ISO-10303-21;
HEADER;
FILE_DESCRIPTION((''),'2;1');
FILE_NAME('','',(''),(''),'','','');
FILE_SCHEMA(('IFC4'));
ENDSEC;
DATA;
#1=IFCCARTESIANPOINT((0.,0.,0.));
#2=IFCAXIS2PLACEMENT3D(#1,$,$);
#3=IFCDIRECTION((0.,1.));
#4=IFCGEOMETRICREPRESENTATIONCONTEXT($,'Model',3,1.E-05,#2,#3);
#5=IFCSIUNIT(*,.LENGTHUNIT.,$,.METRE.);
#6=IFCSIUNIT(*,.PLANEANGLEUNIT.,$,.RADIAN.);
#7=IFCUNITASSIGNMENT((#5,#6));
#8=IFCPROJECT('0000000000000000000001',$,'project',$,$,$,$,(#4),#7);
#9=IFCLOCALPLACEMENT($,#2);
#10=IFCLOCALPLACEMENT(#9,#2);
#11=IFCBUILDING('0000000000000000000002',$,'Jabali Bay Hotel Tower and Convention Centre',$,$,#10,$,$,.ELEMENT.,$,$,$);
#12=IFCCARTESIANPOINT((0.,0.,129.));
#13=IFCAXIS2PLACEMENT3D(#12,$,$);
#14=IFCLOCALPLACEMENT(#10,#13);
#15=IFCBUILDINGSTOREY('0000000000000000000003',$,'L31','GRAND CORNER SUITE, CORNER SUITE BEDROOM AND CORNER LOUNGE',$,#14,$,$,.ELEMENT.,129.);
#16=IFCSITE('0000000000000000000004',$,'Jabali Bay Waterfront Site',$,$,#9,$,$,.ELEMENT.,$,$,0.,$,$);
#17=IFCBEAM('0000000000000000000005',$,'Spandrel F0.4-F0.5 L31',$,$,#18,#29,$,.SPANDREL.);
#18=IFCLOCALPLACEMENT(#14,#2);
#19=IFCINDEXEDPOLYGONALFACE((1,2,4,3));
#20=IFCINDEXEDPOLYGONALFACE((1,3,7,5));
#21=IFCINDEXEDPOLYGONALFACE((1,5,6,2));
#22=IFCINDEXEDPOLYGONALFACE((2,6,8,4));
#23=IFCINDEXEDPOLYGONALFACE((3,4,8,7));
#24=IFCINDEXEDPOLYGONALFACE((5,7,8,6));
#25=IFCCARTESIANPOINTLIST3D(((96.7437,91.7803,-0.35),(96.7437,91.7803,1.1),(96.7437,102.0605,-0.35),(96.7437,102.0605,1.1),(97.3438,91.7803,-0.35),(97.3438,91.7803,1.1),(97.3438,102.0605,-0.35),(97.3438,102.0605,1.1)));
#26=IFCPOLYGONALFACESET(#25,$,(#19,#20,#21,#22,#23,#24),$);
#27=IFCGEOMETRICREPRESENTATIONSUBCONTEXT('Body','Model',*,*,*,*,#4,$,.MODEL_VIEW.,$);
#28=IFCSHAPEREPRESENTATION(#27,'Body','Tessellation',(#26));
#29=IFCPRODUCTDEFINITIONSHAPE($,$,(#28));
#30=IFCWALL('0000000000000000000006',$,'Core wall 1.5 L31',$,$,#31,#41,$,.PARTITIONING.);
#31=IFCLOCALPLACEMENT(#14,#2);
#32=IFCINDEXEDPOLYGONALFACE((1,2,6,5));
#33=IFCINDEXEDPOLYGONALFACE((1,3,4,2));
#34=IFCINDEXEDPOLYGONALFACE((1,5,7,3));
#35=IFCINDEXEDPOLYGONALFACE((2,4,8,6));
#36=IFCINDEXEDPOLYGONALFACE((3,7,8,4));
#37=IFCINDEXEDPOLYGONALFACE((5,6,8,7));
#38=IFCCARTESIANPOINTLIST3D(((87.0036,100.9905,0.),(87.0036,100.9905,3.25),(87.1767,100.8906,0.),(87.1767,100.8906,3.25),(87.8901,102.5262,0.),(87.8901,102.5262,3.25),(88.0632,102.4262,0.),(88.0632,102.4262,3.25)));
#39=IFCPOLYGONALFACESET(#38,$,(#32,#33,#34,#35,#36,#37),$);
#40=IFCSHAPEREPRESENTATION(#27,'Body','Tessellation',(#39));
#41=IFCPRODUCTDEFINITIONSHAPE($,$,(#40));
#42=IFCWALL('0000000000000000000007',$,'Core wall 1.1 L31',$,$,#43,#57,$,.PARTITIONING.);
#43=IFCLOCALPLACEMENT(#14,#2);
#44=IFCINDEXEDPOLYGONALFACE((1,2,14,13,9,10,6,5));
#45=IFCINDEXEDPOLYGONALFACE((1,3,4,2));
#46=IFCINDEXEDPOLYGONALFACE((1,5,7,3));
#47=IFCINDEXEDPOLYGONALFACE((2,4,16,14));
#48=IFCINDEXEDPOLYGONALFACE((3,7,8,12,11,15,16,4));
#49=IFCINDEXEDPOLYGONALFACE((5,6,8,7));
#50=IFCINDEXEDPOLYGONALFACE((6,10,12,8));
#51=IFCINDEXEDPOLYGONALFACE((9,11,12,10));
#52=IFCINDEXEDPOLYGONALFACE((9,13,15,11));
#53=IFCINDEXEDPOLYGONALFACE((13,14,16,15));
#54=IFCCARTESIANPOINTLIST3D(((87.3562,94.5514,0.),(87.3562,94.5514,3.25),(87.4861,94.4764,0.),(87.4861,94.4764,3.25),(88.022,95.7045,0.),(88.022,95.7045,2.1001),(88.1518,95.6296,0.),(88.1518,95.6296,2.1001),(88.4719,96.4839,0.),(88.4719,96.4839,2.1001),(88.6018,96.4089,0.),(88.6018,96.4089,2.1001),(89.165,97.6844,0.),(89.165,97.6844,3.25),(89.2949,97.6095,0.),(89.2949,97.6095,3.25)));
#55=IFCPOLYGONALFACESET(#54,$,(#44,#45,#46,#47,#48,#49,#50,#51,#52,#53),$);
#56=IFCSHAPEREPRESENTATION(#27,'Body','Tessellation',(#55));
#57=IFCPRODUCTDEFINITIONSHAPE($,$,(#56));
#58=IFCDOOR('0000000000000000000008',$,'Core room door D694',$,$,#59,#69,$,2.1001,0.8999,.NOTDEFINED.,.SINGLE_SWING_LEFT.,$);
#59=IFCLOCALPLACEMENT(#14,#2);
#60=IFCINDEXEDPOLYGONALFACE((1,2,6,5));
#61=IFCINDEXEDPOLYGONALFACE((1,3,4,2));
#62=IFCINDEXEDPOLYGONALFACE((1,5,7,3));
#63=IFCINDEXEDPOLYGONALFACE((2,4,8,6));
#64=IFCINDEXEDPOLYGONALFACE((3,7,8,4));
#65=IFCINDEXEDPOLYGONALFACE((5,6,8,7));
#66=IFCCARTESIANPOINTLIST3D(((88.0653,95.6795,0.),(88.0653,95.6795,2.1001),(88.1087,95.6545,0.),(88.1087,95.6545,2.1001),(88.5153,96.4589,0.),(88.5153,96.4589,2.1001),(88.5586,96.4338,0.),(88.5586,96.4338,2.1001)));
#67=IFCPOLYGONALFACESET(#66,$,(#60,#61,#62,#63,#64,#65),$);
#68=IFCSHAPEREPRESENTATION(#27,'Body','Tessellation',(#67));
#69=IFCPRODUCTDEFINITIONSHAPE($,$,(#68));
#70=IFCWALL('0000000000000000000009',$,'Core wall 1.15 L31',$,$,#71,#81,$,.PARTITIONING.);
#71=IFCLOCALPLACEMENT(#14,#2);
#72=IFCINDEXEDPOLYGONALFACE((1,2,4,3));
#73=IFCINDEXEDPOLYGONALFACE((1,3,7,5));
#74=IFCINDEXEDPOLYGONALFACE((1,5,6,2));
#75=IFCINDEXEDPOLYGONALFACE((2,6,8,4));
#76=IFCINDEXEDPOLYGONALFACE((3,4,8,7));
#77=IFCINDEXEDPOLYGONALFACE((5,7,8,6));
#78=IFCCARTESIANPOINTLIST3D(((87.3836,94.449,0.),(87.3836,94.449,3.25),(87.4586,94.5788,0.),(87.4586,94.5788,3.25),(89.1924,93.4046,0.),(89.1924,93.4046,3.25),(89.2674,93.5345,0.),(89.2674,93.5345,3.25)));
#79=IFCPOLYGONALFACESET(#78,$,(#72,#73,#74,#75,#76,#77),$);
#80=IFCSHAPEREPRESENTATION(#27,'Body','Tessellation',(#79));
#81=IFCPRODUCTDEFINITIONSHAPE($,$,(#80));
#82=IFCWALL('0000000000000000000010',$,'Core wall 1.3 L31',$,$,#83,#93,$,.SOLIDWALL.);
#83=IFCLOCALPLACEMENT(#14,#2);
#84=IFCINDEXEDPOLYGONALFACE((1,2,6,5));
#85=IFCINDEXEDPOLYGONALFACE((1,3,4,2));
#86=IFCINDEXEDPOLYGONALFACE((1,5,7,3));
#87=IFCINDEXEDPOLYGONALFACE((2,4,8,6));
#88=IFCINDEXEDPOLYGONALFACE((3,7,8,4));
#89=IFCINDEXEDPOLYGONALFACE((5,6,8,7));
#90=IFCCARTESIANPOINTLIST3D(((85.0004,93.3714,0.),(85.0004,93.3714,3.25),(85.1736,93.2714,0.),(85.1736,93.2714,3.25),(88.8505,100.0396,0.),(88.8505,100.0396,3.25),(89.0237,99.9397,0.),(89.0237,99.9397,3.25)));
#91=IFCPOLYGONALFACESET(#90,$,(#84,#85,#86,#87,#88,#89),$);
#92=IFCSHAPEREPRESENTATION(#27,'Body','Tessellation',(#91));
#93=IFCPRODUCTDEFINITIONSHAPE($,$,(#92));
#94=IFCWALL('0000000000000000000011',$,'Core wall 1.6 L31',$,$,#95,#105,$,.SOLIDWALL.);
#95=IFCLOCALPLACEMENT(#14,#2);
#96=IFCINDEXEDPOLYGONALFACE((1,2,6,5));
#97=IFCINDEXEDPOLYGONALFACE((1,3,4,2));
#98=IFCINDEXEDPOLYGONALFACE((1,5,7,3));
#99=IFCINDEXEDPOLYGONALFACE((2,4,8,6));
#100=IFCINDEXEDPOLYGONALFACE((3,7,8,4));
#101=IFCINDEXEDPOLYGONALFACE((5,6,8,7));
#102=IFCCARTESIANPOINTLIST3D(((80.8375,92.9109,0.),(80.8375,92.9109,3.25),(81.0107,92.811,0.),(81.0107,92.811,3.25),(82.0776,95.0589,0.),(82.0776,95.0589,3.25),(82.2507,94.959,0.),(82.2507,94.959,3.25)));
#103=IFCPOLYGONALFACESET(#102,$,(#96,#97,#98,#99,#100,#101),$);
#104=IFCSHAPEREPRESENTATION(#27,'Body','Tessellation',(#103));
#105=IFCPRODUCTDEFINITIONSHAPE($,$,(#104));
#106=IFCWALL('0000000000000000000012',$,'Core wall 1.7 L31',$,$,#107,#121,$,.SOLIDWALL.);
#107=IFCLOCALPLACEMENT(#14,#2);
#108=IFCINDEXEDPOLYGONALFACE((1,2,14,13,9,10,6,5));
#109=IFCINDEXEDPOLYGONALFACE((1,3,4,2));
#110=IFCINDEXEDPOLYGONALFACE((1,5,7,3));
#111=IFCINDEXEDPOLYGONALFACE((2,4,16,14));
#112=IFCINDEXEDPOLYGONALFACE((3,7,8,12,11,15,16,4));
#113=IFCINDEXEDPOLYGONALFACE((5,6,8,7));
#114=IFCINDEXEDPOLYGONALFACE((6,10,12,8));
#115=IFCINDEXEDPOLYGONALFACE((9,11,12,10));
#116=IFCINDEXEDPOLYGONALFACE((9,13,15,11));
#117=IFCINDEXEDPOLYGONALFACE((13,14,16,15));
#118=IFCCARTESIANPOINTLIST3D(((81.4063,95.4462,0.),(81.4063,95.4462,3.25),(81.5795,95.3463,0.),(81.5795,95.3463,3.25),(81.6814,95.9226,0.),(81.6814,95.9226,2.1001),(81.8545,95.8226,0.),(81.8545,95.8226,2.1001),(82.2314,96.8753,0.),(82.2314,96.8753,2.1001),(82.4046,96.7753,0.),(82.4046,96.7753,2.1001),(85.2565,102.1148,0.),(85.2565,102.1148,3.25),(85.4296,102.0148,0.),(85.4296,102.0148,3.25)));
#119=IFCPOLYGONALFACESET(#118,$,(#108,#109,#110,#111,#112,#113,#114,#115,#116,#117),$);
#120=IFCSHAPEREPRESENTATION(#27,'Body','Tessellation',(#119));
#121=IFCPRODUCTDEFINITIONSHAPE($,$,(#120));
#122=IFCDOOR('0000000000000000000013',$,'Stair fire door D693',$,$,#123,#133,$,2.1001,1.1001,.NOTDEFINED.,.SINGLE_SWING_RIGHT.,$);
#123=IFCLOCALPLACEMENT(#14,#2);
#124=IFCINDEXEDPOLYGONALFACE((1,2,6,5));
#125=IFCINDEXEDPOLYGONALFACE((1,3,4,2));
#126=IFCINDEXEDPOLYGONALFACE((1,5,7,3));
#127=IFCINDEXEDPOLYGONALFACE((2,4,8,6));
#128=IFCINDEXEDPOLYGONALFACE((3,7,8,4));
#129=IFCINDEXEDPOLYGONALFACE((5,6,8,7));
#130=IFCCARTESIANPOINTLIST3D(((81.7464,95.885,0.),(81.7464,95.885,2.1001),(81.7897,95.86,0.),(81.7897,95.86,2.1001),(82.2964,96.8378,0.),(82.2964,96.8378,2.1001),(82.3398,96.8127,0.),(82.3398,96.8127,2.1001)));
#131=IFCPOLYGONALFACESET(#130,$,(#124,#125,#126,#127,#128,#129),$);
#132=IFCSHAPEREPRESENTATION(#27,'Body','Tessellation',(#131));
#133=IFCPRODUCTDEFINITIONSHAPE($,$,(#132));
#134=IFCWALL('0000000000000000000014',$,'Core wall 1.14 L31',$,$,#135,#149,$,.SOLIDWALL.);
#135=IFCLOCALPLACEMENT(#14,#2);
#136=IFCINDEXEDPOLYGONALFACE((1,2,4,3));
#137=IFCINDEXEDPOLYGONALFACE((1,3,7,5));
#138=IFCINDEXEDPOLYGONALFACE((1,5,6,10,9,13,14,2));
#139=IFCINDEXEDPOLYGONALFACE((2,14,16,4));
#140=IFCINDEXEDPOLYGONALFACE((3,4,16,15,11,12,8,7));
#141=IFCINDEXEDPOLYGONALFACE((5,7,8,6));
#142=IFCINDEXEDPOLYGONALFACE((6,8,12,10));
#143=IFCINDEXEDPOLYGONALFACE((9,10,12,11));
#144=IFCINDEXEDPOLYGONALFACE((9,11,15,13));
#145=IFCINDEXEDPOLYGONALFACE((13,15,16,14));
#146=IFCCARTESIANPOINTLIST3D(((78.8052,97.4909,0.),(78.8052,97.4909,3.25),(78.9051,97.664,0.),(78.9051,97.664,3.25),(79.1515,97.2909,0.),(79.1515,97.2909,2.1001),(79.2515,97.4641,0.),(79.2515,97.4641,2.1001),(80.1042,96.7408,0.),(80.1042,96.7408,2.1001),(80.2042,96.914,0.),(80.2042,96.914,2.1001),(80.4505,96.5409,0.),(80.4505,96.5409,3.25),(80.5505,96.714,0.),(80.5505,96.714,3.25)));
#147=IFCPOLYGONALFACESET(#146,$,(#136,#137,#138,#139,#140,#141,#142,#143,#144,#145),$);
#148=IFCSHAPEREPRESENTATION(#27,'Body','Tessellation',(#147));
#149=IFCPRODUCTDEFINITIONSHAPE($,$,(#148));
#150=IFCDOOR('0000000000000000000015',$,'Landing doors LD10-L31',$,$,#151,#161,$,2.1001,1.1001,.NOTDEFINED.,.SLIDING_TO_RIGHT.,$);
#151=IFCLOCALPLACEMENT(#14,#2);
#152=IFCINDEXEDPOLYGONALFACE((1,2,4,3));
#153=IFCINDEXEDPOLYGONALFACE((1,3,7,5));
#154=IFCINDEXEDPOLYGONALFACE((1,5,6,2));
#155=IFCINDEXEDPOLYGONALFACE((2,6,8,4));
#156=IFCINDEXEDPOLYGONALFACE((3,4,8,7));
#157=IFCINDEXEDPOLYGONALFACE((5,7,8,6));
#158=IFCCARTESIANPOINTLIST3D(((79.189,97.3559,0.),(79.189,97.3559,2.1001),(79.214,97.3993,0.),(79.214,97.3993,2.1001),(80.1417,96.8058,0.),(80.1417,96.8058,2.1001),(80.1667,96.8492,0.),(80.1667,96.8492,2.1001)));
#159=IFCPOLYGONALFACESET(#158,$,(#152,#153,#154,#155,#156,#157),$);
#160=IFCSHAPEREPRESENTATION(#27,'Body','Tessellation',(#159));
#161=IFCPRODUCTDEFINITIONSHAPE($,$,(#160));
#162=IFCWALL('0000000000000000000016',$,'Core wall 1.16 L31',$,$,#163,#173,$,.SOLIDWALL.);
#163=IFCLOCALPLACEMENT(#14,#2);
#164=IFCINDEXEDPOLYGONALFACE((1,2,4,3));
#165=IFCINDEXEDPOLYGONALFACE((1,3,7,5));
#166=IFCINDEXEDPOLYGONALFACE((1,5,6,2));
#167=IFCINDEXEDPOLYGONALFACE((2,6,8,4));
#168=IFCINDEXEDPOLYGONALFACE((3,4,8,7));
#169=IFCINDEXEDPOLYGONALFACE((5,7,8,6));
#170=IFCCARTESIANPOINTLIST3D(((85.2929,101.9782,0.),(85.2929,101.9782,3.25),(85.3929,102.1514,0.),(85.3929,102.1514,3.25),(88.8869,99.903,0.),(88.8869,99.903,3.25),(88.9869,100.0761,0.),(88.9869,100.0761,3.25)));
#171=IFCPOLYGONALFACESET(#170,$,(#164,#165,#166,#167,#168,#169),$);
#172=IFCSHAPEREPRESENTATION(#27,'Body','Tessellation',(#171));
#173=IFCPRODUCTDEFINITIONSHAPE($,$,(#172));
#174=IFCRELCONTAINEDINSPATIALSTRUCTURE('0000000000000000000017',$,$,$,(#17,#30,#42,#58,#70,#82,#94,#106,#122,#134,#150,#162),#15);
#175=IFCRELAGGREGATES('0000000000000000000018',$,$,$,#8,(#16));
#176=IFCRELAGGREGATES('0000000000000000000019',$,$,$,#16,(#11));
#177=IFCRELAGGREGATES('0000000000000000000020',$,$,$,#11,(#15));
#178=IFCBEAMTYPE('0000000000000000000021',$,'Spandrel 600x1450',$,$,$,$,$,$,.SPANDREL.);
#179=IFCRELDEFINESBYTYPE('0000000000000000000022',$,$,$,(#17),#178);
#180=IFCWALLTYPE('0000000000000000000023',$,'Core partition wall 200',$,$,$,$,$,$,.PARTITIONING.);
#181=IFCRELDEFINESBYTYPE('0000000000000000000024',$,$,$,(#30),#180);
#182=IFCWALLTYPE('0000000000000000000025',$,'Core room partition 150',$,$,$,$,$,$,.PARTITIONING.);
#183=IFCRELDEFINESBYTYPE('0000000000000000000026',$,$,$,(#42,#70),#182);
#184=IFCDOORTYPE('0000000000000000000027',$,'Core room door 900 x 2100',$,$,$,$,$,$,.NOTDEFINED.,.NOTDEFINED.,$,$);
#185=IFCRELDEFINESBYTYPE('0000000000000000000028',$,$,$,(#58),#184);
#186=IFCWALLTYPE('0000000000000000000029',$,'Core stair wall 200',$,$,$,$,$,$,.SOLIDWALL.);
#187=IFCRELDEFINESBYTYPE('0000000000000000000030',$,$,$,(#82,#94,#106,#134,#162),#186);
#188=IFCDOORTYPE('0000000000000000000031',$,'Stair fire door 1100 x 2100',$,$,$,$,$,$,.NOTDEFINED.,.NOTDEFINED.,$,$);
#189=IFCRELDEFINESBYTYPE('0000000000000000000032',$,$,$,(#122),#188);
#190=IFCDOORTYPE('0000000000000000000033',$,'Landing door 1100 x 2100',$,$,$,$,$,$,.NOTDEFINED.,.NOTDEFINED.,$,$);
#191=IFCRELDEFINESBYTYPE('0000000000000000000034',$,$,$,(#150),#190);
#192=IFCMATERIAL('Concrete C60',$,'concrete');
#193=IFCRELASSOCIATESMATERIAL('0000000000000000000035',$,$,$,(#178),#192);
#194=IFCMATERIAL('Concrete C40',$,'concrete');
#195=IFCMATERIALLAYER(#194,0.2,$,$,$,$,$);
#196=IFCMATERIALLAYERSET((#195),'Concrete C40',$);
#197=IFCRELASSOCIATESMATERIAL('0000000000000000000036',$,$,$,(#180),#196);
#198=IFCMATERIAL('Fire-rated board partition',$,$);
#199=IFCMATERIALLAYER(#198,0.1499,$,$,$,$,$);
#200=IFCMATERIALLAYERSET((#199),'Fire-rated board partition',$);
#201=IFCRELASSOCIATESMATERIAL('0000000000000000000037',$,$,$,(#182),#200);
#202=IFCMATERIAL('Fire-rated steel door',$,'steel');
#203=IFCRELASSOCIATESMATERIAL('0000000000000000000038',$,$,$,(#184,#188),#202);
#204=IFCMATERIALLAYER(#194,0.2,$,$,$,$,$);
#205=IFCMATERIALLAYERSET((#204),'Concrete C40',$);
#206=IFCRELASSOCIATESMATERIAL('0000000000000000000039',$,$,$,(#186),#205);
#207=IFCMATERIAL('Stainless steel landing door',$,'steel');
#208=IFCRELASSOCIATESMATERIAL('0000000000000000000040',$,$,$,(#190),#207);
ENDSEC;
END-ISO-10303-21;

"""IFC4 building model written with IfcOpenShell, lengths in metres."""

from ifc_helpers import new_model, si_unit, direction, frame, frame_2d, origin, origin_2d, place, context, subcontext, project, spatial, rectangle, extrude, material, layer, layer_set, material_profile, profile_set, type_object, element, fill, save


model = new_model("IFC4")

# Units and contexts
model_context = context("Model", 3, precision=1e-05, world=origin(), true_north=direction((0.0, 1.0)))
body_context = subcontext(model_context, "Body", "Model", "MODEL_VIEW")
ifc_project = project(units=[si_unit("LENGTHUNIT", "METRE"), si_unit("PLANEANGLEUNIT", "RADIAN")], contexts=[model_context])

# Site, building, storey
site_placement = place(None, origin())
site = spatial("IfcSite", under=ifc_project, at=site_placement, Name="Jabali Bay Waterfront Site", CompositionType="ELEMENT", RefElevation=0.0)
building_placement = place(site_placement, origin())
building = spatial("IfcBuilding", under=site, at=building_placement, Name="Jabali Bay Hotel Tower and Convention Centre", CompositionType="ELEMENT")
storey_placement = place(building_placement, frame((0.0, 0.0, 129.0)))
storey = spatial("IfcBuildingStorey", under=building, at=storey_placement, Name="L31", Description="GRAND CORNER SUITE, CORNER SUITE BEDROOM AND CORNER LOUNGE", CompositionType="ELEMENT", Elevation=129.0)

# Beam
ifc_material_1 = material(Name="Concrete C60", Category="concrete")
ifc_material_profile = material_profile(ifc_material_1, rectangle(XDim=0.6001, YDim=1.45, at=origin_2d()), Name="Spandrel 600x1450")
ifc_profile_set = profile_set([ifc_material_profile], Name="Concrete C60")
beam_type = type_object("IfcBeamType", Name="Spandrel 600x1450", PredefinedType="SPANDREL", material=ifc_profile_set)
beam_placement = place(storey_placement, frame((97.0437, 91.7803, 0.375), z_axis=(0.0, 1.0, 0.0), x_axis=(-1.0, 0.0, 0.0)))
element("IfcBeam", 1, at=beam_placement, inside=storey, type_object=beam_type, Name="Spandrel F0.4-F0.5 L31", PredefinedType="SPANDREL", context=body_context, shape_type="SweptSolid", body=[
    extrude(rectangle(XDim=0.6001, YDim=1.45, at=origin_2d()), origin(), (0.0, 0.0, 1.0), 10.2803),
])

# Wall
ifc_material_2 = material(Name="Concrete C40", Category="concrete")
ifc_layer_1 = layer(ifc_material_2, 0.2)
ifc_layer_set_1 = layer_set([ifc_layer_1], Name="Concrete C40")
wall_type_1 = type_object("IfcWallType", Name="Core partition wall 200", PredefinedType="PARTITIONING", material=ifc_layer_set_1)
wall_1_placement = place(storey_placement, frame((87.0901, 100.9404, 0.0), z_axis=(0.0, 0.0, 1.0), x_axis=(0.499945, 0.866057, 0.0)))
element("IfcWall", 2, at=wall_1_placement, inside=storey, type_object=wall_type_1, Name="Core wall 1.5 L31", PredefinedType="PARTITIONING", context=body_context, shape_type="SweptSolid", body=[
    extrude(rectangle(XDim=1.7732, YDim=0.2, at=frame_2d((0.8867, 0.0))), origin(), (0.0, 0.0, 1.0), 3.25),
])

# Wall, opening, door
ifc_material_3 = material(Name="Fire-rated board partition")
ifc_layer_2 = layer(ifc_material_3, 0.1499)
ifc_layer_set_2 = layer_set([ifc_layer_2], Name="Fire-rated board partition")
wall_type_2 = type_object("IfcWallType", Name="Core room partition 150", PredefinedType="PARTITIONING", material=ifc_layer_set_2)
wall_2_placement = place(storey_placement, frame((87.4211, 94.5139, 0.0), z_axis=(0.0, 0.0, 1.0), x_axis=(0.499993, 0.866029, 0.0)))
wall_2 = element("IfcWall", 3, at=wall_2_placement, inside=storey, type_object=wall_type_2, Name="Core wall 1.1 L31", PredefinedType="PARTITIONING", context=body_context, shape_type="SweptSolid", body=[
    extrude(rectangle(XDim=3.6177, YDim=0.1499, at=frame_2d((1.8088, 0.0))), origin(), (0.0, 0.0, 1.0), 3.25),
])
opening_1_placement = place(wall_2_placement, frame((1.3315, 0.0, 0.0)))
opening_1 = element("IfcOpeningElement", 4, at=opening_1_placement, cuts=wall_2, PredefinedType="OPENING", context=body_context, shape_type="SweptSolid", body=[
    extrude(rectangle(XDim=0.8999, YDim=2.1001, at=frame_2d((0.45, 1.05))), frame((0.0, 0.0854, 0.0), z_axis=(0.0, -1.0, 0.0), x_axis=(1.0, 0.0, 0.0)), (0.0, 0.0, 1.0), 0.1709),
])
ifc_material_4 = material(Name="Fire-rated steel door", Category="steel")
door_type_1 = type_object("IfcDoorType", Name="Core room door 900 x 2100", OperationType="NOTDEFINED", PredefinedType="NOTDEFINED", material=ifc_material_4)
door_1_placement = place(opening_1_placement, origin())
door_1 = element("IfcDoor", 5, at=door_1_placement, inside=storey, type_object=door_type_1, Name="Core room door D694", OperationType="SINGLE_SWING_LEFT", OverallHeight=2.1001, OverallWidth=0.8999, PredefinedType="NOTDEFINED", context=body_context, shape_type="SweptSolid", body=[
    extrude(rectangle(XDim=0.8999, YDim=2.1001, at=frame_2d((0.45, 1.05))), frame((0.0, 0.0249, 0.0), z_axis=(0.0, -1.0, 0.0), x_axis=(1.0, 0.0, 0.0)), (0.0, 0.0, 1.0), 0.05),
])
fill(opening_1, door_1)

# Walls
wall_3_placement = place(storey_placement, frame((89.23, 93.4695, 0.0), z_axis=(0.0, 0.0, 1.0), x_axis=(-0.866005, 0.500036, 0.0)))
element("IfcWall", 6, at=wall_3_placement, inside=storey, type_object=wall_type_2, Name="Core wall 1.15 L31", PredefinedType="PARTITIONING", context=body_context, shape_type="SweptSolid", body=[
    extrude(rectangle(XDim=2.0886, YDim=0.1499, at=frame_2d((1.0444, 0.0))), origin(), (0.0, 0.0, 1.0), 3.25),
])
ifc_layer_3 = layer(ifc_material_2, 0.2)
ifc_layer_set_3 = layer_set([ifc_layer_3], Name="Concrete C40")
wall_type_3 = type_object("IfcWallType", Name="Core stair wall 200", PredefinedType="SOLIDWALL", material=ifc_layer_set_3)
wall_4_placement = place(storey_placement, frame((85.0869, 93.3213, 0.0), z_axis=(0.0, 0.0, 1.0), x_axis=(0.50002, 0.866014, 0.0)))
element("IfcWall", 7, at=wall_4_placement, inside=storey, type_object=wall_type_3, Name="Core wall 1.3 L31", PredefinedType="SOLIDWALL", context=body_context, shape_type="SweptSolid", body=[
    extrude(rectangle(XDim=7.7, YDim=0.2, at=frame_2d((3.8501, 0.0))), origin(), (0.0, 0.0, 1.0), 3.25),
])
wall_5_placement = place(storey_placement, frame((80.9241, 92.8608, 0.0), z_axis=(0.0, 0.0, 1.0), x_axis=(0.499961, 0.866048, 0.0)))
element("IfcWall", 8, at=wall_5_placement, inside=storey, type_object=wall_type_3, Name="Core wall 1.6 L31", PredefinedType="SOLIDWALL", context=body_context, shape_type="SweptSolid", body=[
    extrude(rectangle(XDim=2.4802, YDim=0.2, at=frame_2d((1.2402, 0.0))), origin(), (0.0, 0.0, 1.0), 3.25),
])

# Walls, openings, doors
wall_6_placement = place(storey_placement, frame((81.4929, 95.3962, 0.0), z_axis=(0.0, 0.0, 1.0), x_axis=(0.500006, 0.866022, 0.0)))
wall_6 = element("IfcWall", 9, at=wall_6_placement, inside=storey, type_object=wall_type_3, Name="Core wall 1.7 L31", PredefinedType="SOLIDWALL", context=body_context, shape_type="SweptSolid", body=[
    extrude(rectangle(XDim=7.7002, YDim=0.2, at=frame_2d((3.8501, 0.0))), origin(), (0.0, 0.0, 1.0), 3.25),
])
opening_2_placement = place(wall_6_placement, frame((0.55, 0.0, 0.0)))
opening_2 = element("IfcOpeningElement", 10, at=opening_2_placement, cuts=wall_6, PredefinedType="OPENING", context=body_context, shape_type="SweptSolid", body=[
    extrude(rectangle(XDim=1.1001, YDim=2.1001, at=frame_2d((0.55, 1.05))), frame((0.0, 0.1104, 0.0), z_axis=(0.0, -1.0, 0.0), x_axis=(1.0, 0.0, 0.0)), (0.0, 0.0, 1.0), 0.2209),
])
door_type_2 = type_object("IfcDoorType", Name="Stair fire door 1100 x 2100", OperationType="NOTDEFINED", PredefinedType="NOTDEFINED", material=ifc_material_4)
door_2_placement = place(opening_2_placement, origin())
door_2 = element("IfcDoor", 11, at=door_2_placement, inside=storey, type_object=door_type_2, Name="Stair fire door D693", OperationType="SINGLE_SWING_RIGHT", OverallHeight=2.1001, OverallWidth=1.1001, PredefinedType="NOTDEFINED", context=body_context, shape_type="SweptSolid", body=[
    extrude(rectangle(XDim=1.1001, YDim=2.1001, at=frame_2d((0.55, 1.05))), frame((0.0, 0.0249, 0.0), z_axis=(0.0, -1.0, 0.0), x_axis=(1.0, 0.0, 0.0)), (0.0, 0.0, 1.0), 0.05),
])
fill(opening_2, door_2)
wall_7_placement = place(storey_placement, frame((80.5005, 96.6274, 0.0), z_axis=(0.0, 0.0, 1.0), x_axis=(-0.866012, 0.500023, 0.0)))
wall_7 = element("IfcWall", 12, at=wall_7_placement, inside=storey, type_object=wall_type_3, Name="Core wall 1.14 L31", PredefinedType="SOLIDWALL", context=body_context, shape_type="SweptSolid", body=[
    extrude(rectangle(XDim=1.8999, YDim=0.2, at=frame_2d((0.95, 0.0))), origin(), (0.0, 0.0, 1.0), 3.25),
])
opening_3_placement = place(wall_7_placement, frame((0.3999, 0.0, 0.0)))
opening_3 = element("IfcOpeningElement", 13, at=opening_3_placement, cuts=wall_7, PredefinedType="OPENING", context=body_context, shape_type="SweptSolid", body=[
    extrude(rectangle(XDim=1.1001, YDim=2.1001, at=frame_2d((0.55, 1.05))), frame((0.0, 0.1104, 0.0), z_axis=(0.0, -1.0, 0.0), x_axis=(1.0, 0.0, 0.0)), (0.0, 0.0, 1.0), 0.2209),
])
ifc_material_5 = material(Name="Stainless steel landing door", Category="steel")
door_type_3 = type_object("IfcDoorType", Name="Landing door 1100 x 2100", OperationType="NOTDEFINED", PredefinedType="NOTDEFINED", material=ifc_material_5)
door_3_placement = place(opening_3_placement, origin())
door_3 = element("IfcDoor", 14, at=door_3_placement, inside=storey, type_object=door_type_3, Name="Landing doors LD10-L31", OperationType="SLIDING_TO_RIGHT", OverallHeight=2.1001, OverallWidth=1.1001, PredefinedType="NOTDEFINED", context=body_context, shape_type="SweptSolid", body=[
    extrude(rectangle(XDim=1.1001, YDim=2.1001, at=frame_2d((0.55, 1.05))), frame((0.0, 0.0249, 0.0), z_axis=(0.0, -1.0, 0.0), x_axis=(1.0, 0.0, 0.0)), (0.0, 0.0, 1.0), 0.05),
])
fill(opening_3, door_3)

# Wall
wall_8_placement = place(storey_placement, frame((88.937, 99.9895, 0.0), z_axis=(0.0, 0.0, 1.0), x_axis=(-0.866004, 0.500036, 0.0)))
element("IfcWall", 15, at=wall_8_placement, inside=storey, type_object=wall_type_3, Name="Core wall 1.16 L31", PredefinedType="SOLIDWALL", context=body_context, shape_type="SweptSolid", body=[
    extrude(rectangle(XDim=4.1501, YDim=0.2, at=frame_2d((2.0752, 0.0))), origin(), (0.0, 0.0, 1.0), 3.25),
])

save(model, "model.ifc")
